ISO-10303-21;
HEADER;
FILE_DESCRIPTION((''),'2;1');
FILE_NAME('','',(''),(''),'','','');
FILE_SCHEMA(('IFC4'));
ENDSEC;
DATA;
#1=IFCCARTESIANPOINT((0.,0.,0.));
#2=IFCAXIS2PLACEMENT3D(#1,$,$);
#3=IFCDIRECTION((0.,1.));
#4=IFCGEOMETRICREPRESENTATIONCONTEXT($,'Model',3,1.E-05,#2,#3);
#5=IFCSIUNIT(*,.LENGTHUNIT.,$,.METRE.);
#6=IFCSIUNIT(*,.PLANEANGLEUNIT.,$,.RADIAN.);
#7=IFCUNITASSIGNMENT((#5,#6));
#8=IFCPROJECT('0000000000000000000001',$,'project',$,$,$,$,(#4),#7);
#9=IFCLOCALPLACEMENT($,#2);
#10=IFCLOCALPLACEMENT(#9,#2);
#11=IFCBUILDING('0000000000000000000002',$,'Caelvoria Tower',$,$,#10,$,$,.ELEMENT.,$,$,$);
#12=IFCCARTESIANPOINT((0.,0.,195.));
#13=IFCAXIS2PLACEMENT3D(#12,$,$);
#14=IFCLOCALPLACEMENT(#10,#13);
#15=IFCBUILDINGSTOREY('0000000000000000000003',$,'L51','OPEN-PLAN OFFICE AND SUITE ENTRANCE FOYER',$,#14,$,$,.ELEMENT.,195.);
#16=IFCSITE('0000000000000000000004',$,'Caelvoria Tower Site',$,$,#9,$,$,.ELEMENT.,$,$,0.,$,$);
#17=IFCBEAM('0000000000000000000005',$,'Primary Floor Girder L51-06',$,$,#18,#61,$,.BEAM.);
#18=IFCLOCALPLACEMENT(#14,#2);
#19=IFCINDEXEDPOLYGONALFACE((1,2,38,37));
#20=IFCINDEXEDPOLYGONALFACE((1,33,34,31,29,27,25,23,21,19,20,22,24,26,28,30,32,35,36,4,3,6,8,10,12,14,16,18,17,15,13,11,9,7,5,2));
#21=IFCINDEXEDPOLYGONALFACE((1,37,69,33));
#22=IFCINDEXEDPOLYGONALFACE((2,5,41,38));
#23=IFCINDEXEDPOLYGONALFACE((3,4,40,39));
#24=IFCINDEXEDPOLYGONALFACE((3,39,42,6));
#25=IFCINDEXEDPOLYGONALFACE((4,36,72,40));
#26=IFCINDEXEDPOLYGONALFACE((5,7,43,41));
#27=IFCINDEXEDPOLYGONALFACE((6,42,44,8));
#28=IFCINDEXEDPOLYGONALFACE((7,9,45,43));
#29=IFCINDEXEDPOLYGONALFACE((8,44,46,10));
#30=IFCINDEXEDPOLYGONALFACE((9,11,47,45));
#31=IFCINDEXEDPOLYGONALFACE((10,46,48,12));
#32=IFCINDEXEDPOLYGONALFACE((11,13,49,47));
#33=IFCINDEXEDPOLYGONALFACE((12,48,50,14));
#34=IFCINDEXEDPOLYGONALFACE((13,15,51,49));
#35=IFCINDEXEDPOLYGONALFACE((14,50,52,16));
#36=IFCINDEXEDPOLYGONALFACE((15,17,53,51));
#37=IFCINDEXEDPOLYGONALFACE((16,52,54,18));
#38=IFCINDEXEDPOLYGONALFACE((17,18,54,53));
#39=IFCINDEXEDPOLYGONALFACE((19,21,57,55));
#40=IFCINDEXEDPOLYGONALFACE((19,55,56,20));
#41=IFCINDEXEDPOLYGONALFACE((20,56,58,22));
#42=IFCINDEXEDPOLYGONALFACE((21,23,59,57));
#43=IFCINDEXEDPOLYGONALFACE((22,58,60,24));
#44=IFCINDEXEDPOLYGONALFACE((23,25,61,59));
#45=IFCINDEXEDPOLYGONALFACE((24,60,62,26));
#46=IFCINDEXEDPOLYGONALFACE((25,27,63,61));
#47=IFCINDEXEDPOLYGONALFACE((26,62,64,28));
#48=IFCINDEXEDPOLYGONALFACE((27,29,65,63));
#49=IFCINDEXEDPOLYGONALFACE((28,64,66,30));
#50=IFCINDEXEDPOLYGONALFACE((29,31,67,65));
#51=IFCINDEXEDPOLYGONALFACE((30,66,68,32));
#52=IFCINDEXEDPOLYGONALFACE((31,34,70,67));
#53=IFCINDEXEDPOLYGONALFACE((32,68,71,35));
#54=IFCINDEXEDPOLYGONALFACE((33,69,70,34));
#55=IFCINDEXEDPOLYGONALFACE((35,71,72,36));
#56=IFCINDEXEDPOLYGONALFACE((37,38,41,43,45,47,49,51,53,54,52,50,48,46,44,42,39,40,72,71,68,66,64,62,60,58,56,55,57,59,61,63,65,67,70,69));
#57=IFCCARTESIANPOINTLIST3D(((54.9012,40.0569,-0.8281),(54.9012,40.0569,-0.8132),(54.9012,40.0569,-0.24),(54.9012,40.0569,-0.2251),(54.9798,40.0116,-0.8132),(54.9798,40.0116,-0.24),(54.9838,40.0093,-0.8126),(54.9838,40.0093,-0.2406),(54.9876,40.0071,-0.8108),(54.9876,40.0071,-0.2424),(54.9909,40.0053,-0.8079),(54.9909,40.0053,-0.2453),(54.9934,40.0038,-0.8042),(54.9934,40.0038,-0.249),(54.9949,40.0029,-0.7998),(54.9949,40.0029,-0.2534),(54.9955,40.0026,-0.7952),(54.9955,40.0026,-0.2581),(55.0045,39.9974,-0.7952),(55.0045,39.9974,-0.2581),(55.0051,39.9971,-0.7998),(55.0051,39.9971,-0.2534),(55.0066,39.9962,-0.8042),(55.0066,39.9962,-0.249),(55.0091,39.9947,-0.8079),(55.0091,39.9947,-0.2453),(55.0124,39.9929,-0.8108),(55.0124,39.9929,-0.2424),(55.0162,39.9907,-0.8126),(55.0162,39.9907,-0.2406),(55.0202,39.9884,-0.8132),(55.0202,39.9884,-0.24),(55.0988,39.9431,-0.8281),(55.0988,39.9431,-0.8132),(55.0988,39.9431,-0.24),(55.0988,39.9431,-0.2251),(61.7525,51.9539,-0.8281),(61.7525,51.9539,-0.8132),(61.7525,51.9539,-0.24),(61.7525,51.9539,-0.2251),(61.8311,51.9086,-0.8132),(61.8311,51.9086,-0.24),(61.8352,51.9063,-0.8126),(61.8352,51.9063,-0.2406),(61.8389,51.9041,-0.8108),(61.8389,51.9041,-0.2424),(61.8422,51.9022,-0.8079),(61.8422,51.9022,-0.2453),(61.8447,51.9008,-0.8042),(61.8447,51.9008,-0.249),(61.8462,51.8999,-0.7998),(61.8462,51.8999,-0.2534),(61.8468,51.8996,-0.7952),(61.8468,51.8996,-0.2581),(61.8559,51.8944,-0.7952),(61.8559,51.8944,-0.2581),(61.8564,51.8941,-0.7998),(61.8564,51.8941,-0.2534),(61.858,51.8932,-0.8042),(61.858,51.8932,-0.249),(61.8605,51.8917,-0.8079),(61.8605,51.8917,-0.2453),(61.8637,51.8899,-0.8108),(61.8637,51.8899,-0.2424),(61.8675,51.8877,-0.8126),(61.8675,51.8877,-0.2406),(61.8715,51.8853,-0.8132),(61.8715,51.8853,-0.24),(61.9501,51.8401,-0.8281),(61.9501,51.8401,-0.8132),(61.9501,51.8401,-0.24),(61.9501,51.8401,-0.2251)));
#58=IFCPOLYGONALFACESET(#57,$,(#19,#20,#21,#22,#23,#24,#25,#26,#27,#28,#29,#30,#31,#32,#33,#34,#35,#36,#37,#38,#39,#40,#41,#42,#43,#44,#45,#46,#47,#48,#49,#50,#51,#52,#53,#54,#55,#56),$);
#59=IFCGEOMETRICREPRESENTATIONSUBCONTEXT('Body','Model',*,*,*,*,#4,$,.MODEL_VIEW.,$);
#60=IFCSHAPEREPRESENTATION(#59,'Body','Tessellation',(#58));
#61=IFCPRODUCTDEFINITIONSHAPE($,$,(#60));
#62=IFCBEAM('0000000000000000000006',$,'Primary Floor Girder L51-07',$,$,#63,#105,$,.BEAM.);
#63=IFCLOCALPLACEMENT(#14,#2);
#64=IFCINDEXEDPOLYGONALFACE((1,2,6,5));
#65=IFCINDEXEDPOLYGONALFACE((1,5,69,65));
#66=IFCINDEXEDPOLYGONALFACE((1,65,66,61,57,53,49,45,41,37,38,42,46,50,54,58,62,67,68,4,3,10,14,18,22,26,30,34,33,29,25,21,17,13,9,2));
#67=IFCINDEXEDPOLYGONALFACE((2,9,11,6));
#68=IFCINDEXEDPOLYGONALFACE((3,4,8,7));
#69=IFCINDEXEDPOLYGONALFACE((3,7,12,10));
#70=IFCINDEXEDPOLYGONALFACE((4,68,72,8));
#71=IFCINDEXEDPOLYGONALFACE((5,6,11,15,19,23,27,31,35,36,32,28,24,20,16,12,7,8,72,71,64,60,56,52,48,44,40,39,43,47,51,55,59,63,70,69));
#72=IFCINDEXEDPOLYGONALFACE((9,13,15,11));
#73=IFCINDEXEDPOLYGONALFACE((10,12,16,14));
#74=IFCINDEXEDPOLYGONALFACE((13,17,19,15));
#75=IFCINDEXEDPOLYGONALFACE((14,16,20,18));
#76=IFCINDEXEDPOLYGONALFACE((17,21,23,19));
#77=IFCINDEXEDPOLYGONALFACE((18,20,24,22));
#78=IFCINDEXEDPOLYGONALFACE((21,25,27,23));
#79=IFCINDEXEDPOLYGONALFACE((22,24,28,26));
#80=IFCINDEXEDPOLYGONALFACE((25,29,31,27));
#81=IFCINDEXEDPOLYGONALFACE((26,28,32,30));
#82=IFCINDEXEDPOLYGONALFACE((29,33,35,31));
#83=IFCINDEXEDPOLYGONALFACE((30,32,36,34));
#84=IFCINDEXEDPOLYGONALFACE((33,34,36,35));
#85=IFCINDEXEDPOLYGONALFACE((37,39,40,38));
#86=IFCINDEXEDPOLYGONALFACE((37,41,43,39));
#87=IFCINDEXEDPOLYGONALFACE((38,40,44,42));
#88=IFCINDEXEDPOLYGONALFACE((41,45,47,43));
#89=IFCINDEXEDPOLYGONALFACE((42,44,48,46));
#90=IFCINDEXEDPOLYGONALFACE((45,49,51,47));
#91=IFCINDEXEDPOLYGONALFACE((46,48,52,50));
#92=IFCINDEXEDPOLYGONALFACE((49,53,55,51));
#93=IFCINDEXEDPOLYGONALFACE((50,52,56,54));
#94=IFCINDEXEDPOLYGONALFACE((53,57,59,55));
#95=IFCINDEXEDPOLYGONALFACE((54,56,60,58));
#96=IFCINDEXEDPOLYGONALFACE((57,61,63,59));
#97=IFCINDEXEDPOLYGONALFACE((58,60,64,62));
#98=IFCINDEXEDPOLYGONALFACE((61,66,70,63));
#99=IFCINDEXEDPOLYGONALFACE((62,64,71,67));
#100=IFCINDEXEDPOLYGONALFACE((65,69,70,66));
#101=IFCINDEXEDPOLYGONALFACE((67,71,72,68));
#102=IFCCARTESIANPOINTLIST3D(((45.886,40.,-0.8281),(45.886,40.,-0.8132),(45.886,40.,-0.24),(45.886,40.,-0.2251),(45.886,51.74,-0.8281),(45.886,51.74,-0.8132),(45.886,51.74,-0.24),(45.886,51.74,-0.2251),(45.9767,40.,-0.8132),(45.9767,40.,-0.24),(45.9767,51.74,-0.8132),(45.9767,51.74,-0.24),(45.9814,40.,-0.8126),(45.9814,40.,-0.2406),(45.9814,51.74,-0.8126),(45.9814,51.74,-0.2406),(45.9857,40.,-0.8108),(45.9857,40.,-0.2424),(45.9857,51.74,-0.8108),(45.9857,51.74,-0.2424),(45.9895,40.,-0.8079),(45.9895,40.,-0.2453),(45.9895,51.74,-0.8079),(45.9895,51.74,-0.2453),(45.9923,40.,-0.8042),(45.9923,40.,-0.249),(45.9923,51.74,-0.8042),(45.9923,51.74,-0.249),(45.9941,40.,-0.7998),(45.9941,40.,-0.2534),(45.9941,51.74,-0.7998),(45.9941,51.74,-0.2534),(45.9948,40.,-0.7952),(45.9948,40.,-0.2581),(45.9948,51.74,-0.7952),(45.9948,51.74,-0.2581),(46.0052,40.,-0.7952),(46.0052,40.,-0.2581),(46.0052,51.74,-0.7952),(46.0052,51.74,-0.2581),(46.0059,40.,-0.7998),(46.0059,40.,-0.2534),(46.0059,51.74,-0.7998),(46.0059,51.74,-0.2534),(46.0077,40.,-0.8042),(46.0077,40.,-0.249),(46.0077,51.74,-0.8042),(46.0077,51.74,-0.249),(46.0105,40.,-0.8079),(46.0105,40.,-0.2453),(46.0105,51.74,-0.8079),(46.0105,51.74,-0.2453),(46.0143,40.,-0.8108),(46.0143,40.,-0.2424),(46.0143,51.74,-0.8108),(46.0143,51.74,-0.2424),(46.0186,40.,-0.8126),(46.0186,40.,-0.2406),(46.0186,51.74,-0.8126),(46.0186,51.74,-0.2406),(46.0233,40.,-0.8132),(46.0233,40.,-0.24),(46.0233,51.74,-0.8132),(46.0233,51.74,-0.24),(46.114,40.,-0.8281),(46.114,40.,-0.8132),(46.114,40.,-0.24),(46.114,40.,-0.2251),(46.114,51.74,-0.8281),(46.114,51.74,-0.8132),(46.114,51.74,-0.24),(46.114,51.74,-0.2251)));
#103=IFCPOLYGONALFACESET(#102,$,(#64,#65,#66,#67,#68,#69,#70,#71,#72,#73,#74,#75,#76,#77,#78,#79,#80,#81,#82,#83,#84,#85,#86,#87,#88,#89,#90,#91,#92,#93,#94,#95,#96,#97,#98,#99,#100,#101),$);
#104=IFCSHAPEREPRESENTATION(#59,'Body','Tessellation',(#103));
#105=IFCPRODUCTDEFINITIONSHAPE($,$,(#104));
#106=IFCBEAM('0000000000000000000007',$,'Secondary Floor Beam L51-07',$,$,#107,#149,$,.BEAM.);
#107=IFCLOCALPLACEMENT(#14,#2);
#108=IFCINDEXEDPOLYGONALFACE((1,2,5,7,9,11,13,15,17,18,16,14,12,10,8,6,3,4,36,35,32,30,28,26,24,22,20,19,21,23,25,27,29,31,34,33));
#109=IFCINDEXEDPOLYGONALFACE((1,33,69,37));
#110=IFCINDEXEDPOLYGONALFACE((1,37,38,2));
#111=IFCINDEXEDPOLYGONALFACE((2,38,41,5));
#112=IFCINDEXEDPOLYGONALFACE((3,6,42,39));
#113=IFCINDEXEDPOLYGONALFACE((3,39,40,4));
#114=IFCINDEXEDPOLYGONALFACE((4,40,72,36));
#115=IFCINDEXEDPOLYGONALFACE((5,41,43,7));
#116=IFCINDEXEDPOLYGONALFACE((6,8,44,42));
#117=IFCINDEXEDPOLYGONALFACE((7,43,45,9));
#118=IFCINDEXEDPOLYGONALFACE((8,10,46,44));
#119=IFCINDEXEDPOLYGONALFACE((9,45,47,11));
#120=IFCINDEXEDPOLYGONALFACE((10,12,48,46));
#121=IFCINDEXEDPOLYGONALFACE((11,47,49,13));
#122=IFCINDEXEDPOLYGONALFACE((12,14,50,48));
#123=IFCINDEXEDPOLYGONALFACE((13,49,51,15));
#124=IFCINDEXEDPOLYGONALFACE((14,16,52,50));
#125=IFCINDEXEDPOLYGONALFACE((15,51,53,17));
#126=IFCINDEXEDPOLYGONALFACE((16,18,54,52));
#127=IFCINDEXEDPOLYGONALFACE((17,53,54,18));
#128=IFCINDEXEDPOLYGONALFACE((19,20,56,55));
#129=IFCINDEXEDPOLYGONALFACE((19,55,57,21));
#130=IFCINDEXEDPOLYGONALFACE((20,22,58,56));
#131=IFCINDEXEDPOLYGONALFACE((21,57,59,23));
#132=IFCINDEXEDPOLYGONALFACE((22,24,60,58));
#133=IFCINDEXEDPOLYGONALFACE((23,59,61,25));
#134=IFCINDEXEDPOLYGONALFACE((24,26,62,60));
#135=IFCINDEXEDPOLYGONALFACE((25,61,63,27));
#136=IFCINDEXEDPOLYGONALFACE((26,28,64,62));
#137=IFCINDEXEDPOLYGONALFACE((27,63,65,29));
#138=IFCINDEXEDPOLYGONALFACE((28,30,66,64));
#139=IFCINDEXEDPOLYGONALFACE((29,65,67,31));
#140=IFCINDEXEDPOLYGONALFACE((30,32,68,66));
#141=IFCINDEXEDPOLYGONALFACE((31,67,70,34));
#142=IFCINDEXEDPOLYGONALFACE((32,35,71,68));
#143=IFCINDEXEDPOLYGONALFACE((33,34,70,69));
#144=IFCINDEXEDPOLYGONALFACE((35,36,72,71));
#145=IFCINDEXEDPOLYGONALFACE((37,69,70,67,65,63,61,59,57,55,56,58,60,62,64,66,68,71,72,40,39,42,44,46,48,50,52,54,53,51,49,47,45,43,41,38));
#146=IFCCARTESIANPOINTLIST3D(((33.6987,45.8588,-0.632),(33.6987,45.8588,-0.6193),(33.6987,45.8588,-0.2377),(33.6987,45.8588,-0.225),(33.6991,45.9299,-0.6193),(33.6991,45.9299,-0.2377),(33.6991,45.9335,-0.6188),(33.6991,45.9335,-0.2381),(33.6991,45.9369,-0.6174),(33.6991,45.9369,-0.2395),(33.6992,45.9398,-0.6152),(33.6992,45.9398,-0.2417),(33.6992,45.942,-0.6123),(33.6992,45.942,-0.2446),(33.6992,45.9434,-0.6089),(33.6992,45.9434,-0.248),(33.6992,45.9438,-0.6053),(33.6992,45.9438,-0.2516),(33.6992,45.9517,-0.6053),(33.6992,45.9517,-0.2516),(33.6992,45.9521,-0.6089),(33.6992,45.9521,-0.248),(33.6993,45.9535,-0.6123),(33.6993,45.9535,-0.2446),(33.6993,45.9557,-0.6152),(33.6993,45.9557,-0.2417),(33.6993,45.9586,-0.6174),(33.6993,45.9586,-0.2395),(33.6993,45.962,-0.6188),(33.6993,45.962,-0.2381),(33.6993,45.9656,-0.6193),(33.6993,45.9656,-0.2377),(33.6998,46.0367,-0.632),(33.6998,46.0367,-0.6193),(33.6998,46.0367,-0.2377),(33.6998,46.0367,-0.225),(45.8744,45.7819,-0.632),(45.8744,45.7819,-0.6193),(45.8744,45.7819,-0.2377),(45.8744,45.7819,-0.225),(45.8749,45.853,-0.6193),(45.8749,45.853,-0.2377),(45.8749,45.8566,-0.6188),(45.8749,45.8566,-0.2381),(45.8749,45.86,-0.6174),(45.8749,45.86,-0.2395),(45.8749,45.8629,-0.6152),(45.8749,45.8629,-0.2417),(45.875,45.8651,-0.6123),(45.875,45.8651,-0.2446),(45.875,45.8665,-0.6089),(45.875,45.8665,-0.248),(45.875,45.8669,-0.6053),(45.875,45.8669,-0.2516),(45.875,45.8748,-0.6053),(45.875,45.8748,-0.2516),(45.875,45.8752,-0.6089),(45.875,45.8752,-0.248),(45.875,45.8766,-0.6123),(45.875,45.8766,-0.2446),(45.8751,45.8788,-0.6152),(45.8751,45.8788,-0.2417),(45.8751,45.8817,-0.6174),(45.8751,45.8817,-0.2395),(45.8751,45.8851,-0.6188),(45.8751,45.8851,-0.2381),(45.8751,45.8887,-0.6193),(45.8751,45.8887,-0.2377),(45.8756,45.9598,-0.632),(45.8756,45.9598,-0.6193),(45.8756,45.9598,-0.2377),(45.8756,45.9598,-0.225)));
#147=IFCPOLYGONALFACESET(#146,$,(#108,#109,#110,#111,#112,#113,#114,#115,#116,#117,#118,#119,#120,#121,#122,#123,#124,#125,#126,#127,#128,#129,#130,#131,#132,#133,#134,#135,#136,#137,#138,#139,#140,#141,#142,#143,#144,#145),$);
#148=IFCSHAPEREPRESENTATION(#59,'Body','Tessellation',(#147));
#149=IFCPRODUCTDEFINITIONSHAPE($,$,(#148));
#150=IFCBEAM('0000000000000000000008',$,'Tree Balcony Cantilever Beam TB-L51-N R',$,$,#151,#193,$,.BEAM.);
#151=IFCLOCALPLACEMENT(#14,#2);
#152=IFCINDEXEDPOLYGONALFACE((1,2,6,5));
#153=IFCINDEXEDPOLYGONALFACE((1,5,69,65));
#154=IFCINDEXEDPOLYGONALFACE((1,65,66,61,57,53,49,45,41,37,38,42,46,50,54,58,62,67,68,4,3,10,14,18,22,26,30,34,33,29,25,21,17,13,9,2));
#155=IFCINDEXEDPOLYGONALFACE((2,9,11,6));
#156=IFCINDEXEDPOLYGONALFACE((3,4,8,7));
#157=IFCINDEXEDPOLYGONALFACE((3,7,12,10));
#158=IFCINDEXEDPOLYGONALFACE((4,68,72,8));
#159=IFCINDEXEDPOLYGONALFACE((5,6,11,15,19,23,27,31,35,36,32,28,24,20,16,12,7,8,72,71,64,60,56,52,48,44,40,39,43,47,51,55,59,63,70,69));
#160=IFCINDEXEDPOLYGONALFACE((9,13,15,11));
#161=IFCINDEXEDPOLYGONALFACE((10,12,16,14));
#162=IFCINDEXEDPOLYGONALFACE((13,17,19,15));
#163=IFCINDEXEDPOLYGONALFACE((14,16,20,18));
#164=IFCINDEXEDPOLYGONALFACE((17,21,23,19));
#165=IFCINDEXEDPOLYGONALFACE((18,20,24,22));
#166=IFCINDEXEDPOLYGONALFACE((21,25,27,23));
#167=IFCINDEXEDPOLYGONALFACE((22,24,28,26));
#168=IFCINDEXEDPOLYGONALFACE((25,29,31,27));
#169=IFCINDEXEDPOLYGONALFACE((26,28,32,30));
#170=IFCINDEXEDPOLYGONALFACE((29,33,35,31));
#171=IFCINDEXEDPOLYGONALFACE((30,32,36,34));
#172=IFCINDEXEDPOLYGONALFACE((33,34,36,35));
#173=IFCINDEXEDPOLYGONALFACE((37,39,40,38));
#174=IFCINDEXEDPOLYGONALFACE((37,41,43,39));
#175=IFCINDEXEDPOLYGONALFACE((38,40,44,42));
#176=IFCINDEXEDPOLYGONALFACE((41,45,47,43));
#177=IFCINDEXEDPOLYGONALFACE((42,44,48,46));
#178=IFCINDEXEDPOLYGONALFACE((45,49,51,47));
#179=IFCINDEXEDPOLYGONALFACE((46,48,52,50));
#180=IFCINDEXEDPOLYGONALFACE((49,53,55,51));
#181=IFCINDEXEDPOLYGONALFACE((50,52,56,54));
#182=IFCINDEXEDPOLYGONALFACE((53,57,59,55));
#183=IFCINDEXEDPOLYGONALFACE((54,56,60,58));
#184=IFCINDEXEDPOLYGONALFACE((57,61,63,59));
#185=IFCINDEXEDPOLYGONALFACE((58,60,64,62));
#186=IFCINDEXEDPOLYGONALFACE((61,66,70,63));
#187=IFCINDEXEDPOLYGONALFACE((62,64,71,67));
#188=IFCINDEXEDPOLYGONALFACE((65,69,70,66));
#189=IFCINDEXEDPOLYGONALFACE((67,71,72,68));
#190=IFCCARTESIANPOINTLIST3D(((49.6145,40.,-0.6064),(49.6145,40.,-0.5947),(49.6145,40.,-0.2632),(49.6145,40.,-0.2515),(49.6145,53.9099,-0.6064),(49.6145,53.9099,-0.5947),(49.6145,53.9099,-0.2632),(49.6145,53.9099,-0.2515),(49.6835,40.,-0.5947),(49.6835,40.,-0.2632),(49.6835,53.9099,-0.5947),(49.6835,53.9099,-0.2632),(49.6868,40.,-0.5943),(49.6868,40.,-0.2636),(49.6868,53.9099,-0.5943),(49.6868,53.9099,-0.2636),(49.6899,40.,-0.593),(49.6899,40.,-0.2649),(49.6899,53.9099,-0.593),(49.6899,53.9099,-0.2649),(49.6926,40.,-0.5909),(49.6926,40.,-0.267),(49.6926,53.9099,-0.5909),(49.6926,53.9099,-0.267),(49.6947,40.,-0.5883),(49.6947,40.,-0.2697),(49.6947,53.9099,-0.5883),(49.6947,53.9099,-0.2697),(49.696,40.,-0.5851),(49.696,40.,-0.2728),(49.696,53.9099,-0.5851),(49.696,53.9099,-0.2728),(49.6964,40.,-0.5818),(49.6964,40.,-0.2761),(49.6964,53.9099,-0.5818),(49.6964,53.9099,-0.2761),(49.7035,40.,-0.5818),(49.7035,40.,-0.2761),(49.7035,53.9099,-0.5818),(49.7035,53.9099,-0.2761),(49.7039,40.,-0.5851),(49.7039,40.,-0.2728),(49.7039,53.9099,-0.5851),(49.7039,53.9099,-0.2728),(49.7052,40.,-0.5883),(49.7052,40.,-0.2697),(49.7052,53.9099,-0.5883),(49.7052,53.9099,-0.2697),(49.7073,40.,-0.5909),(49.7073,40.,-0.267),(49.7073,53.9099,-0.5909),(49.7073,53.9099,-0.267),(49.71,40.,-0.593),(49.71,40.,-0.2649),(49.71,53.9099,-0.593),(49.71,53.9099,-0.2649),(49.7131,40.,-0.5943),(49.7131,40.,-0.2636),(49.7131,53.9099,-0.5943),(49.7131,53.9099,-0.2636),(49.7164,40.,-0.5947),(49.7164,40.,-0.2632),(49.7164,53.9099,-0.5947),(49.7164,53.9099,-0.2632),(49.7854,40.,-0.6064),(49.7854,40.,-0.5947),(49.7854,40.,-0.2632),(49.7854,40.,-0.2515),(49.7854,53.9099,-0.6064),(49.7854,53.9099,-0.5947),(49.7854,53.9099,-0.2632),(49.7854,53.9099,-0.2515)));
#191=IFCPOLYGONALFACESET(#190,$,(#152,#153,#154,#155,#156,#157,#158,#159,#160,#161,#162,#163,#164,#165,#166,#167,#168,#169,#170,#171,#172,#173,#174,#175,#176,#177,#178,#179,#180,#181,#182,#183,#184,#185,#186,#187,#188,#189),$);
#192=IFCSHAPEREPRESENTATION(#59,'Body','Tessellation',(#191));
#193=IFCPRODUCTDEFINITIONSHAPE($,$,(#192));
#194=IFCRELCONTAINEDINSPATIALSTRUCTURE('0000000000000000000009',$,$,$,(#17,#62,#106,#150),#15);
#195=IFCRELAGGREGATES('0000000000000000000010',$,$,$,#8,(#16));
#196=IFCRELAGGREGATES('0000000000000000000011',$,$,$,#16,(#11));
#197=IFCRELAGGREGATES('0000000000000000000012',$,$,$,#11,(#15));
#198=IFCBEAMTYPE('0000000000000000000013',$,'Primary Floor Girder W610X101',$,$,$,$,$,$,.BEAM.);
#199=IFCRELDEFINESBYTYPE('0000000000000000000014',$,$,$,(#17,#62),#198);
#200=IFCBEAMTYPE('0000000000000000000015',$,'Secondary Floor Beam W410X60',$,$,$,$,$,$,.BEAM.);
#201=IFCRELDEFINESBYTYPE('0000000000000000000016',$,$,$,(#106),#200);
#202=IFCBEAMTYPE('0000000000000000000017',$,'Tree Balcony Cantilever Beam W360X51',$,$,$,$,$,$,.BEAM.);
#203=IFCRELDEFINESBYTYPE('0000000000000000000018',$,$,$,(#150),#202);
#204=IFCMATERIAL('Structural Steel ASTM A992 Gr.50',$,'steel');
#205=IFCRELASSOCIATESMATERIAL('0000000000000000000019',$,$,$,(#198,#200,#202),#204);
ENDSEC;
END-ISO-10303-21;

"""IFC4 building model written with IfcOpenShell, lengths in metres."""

from ifc_helpers import new_model, si_unit, direction, frame, origin, origin_2d, place, context, subcontext, project, spatial, i_section, extrude, material, material_profile, profile_set, type_object, element, save


model = new_model("IFC4")

# Units and contexts
model_context = context("Model", 3, precision=1e-05, world=origin(), true_north=direction((0.0, 1.0)))
body_context = subcontext(model_context, "Body", "Model", "MODEL_VIEW")
ifc_project = project(units=[si_unit("LENGTHUNIT", "METRE"), si_unit("PLANEANGLEUNIT", "RADIAN")], contexts=[model_context])

# Site, building, storey
site_placement = place(None, origin())
site = spatial("IfcSite", under=ifc_project, at=site_placement, Name="Caelvoria Tower Site", CompositionType="ELEMENT", RefElevation=0.0)
building_placement = place(site_placement, origin())
building = spatial("IfcBuilding", under=site, at=building_placement, Name="Caelvoria Tower", CompositionType="ELEMENT")
storey_placement = place(building_placement, frame((0.0, 0.0, 195.0)))
storey = spatial("IfcBuildingStorey", under=building, at=storey_placement, Name="L51", Description="OPEN-PLAN OFFICE AND SUITE ENTRANCE FOYER", CompositionType="ELEMENT", Elevation=195.0)

# Shared definitions
ifc_material_1 = material(Name="Structural Steel ASTM A992 Gr.50", Category="steel")

# Beams
ifc_material_profile_1 = material_profile(ifc_material_1, i_section(OverallWidth=0.228, OverallDepth=0.603, WebThickness=0.0105, FlangeThickness=0.0149, FilletRadius=0.0181, at=origin_2d()), Name="Structural Steel ASTM A992 Gr.50")
ifc_profile_set_1 = profile_set([ifc_material_profile_1], Name="W610X101 - Structural Steel ASTM A992 Gr.50")
beam_type_1 = type_object("IfcBeamType", Name="Primary Floor Girder W610X101", PredefinedType="BEAM", material=ifc_profile_set_1)
beam_1_placement = place(storey_placement, frame((55.0, 40.0, -0.5266), z_axis=(0.499049, 0.866574, 0.0), x_axis=(-0.866574, 0.499049, 0.0)))
element("IfcBeam", 1, at=beam_1_placement, inside=storey, type_object=beam_type_1, Name="Primary Floor Girder L51-06", PredefinedType="BEAM", context=body_context, shape_type="SweptSolid", body=[
    extrude(i_section(OverallWidth=0.228, OverallDepth=0.603, WebThickness=0.0105, FlangeThickness=0.0149, FilletRadius=0.0181, at=origin_2d()), origin(), (0.0, 0.0, 1.0), 13.7288),
])
beam_2_placement = place(storey_placement, frame((46.0, 40.0, -0.5266), z_axis=(0.0, 1.0, 0.0), x_axis=(-1.0, 0.0, 0.0)))
element("IfcBeam", 2, at=beam_2_placement, inside=storey, type_object=beam_type_1, Name="Primary Floor Girder L51-07", PredefinedType="BEAM", context=body_context, shape_type="SweptSolid", body=[
    extrude(i_section(OverallWidth=0.228, OverallDepth=0.603, WebThickness=0.0105, FlangeThickness=0.0149, FilletRadius=0.0181, at=origin_2d()), origin(), (0.0, 0.0, 1.0), 11.74),
])
ifc_material_profile_2 = material_profile(ifc_material_1, i_section(OverallWidth=0.178, OverallDepth=0.407, WebThickness=0.0078, FlangeThickness=0.0127, FilletRadius=0.0139, at=origin_2d()), Name="Structural Steel ASTM A992 Gr.50")
ifc_profile_set_2 = profile_set([ifc_material_profile_2], Name="W410X60 - Structural Steel ASTM A992 Gr.50")
beam_type_2 = type_object("IfcBeamType", Name="Secondary Floor Beam W410X60", PredefinedType="BEAM", material=ifc_profile_set_2)
beam_3_placement = place(storey_placement, frame((45.875, 45.8708, -0.4285), z_axis=(-0.99998, 0.006316, 0.0), x_axis=(-0.006316, -0.99998, 0.0)))
element("IfcBeam", 3, at=beam_3_placement, inside=storey, type_object=beam_type_2, Name="Secondary Floor Beam L51-07", PredefinedType="BEAM", context=body_context, shape_type="SweptSolid", body=[
    extrude(i_section(OverallWidth=0.178, OverallDepth=0.407, WebThickness=0.0078, FlangeThickness=0.0127, FilletRadius=0.0139, at=origin_2d()), origin(), (0.0, 0.0, 1.0), 12.176),
])
ifc_material_profile_3 = material_profile(ifc_material_1, i_section(OverallWidth=0.1709, OverallDepth=0.355, WebThickness=0.0071, FlangeThickness=0.0117, FilletRadius=0.0129, at=origin_2d()), Name="Structural Steel ASTM A992 Gr.50")
ifc_profile_set_3 = profile_set([ifc_material_profile_3], Name="W360X51 - Structural Steel ASTM A992 Gr.50")
beam_type_3 = type_object("IfcBeamType", Name="Tree Balcony Cantilever Beam W360X51", PredefinedType="BEAM", material=ifc_profile_set_3)
beam_4_placement = place(storey_placement, frame((49.7, 40.0, -0.429), z_axis=(0.0, 1.0, 0.0), x_axis=(-1.0, 0.0, 0.0)))
element("IfcBeam", 4, at=beam_4_placement, inside=storey, type_object=beam_type_3, Name="Tree Balcony Cantilever Beam TB-L51-N R", PredefinedType="BEAM", context=body_context, shape_type="SweptSolid", body=[
    extrude(i_section(OverallWidth=0.1709, OverallDepth=0.355, WebThickness=0.0071, FlangeThickness=0.0117, FilletRadius=0.0129, at=origin_2d()), origin(), (0.0, 0.0, 1.0), 13.9099),
])

save(model, "model.ifc")
